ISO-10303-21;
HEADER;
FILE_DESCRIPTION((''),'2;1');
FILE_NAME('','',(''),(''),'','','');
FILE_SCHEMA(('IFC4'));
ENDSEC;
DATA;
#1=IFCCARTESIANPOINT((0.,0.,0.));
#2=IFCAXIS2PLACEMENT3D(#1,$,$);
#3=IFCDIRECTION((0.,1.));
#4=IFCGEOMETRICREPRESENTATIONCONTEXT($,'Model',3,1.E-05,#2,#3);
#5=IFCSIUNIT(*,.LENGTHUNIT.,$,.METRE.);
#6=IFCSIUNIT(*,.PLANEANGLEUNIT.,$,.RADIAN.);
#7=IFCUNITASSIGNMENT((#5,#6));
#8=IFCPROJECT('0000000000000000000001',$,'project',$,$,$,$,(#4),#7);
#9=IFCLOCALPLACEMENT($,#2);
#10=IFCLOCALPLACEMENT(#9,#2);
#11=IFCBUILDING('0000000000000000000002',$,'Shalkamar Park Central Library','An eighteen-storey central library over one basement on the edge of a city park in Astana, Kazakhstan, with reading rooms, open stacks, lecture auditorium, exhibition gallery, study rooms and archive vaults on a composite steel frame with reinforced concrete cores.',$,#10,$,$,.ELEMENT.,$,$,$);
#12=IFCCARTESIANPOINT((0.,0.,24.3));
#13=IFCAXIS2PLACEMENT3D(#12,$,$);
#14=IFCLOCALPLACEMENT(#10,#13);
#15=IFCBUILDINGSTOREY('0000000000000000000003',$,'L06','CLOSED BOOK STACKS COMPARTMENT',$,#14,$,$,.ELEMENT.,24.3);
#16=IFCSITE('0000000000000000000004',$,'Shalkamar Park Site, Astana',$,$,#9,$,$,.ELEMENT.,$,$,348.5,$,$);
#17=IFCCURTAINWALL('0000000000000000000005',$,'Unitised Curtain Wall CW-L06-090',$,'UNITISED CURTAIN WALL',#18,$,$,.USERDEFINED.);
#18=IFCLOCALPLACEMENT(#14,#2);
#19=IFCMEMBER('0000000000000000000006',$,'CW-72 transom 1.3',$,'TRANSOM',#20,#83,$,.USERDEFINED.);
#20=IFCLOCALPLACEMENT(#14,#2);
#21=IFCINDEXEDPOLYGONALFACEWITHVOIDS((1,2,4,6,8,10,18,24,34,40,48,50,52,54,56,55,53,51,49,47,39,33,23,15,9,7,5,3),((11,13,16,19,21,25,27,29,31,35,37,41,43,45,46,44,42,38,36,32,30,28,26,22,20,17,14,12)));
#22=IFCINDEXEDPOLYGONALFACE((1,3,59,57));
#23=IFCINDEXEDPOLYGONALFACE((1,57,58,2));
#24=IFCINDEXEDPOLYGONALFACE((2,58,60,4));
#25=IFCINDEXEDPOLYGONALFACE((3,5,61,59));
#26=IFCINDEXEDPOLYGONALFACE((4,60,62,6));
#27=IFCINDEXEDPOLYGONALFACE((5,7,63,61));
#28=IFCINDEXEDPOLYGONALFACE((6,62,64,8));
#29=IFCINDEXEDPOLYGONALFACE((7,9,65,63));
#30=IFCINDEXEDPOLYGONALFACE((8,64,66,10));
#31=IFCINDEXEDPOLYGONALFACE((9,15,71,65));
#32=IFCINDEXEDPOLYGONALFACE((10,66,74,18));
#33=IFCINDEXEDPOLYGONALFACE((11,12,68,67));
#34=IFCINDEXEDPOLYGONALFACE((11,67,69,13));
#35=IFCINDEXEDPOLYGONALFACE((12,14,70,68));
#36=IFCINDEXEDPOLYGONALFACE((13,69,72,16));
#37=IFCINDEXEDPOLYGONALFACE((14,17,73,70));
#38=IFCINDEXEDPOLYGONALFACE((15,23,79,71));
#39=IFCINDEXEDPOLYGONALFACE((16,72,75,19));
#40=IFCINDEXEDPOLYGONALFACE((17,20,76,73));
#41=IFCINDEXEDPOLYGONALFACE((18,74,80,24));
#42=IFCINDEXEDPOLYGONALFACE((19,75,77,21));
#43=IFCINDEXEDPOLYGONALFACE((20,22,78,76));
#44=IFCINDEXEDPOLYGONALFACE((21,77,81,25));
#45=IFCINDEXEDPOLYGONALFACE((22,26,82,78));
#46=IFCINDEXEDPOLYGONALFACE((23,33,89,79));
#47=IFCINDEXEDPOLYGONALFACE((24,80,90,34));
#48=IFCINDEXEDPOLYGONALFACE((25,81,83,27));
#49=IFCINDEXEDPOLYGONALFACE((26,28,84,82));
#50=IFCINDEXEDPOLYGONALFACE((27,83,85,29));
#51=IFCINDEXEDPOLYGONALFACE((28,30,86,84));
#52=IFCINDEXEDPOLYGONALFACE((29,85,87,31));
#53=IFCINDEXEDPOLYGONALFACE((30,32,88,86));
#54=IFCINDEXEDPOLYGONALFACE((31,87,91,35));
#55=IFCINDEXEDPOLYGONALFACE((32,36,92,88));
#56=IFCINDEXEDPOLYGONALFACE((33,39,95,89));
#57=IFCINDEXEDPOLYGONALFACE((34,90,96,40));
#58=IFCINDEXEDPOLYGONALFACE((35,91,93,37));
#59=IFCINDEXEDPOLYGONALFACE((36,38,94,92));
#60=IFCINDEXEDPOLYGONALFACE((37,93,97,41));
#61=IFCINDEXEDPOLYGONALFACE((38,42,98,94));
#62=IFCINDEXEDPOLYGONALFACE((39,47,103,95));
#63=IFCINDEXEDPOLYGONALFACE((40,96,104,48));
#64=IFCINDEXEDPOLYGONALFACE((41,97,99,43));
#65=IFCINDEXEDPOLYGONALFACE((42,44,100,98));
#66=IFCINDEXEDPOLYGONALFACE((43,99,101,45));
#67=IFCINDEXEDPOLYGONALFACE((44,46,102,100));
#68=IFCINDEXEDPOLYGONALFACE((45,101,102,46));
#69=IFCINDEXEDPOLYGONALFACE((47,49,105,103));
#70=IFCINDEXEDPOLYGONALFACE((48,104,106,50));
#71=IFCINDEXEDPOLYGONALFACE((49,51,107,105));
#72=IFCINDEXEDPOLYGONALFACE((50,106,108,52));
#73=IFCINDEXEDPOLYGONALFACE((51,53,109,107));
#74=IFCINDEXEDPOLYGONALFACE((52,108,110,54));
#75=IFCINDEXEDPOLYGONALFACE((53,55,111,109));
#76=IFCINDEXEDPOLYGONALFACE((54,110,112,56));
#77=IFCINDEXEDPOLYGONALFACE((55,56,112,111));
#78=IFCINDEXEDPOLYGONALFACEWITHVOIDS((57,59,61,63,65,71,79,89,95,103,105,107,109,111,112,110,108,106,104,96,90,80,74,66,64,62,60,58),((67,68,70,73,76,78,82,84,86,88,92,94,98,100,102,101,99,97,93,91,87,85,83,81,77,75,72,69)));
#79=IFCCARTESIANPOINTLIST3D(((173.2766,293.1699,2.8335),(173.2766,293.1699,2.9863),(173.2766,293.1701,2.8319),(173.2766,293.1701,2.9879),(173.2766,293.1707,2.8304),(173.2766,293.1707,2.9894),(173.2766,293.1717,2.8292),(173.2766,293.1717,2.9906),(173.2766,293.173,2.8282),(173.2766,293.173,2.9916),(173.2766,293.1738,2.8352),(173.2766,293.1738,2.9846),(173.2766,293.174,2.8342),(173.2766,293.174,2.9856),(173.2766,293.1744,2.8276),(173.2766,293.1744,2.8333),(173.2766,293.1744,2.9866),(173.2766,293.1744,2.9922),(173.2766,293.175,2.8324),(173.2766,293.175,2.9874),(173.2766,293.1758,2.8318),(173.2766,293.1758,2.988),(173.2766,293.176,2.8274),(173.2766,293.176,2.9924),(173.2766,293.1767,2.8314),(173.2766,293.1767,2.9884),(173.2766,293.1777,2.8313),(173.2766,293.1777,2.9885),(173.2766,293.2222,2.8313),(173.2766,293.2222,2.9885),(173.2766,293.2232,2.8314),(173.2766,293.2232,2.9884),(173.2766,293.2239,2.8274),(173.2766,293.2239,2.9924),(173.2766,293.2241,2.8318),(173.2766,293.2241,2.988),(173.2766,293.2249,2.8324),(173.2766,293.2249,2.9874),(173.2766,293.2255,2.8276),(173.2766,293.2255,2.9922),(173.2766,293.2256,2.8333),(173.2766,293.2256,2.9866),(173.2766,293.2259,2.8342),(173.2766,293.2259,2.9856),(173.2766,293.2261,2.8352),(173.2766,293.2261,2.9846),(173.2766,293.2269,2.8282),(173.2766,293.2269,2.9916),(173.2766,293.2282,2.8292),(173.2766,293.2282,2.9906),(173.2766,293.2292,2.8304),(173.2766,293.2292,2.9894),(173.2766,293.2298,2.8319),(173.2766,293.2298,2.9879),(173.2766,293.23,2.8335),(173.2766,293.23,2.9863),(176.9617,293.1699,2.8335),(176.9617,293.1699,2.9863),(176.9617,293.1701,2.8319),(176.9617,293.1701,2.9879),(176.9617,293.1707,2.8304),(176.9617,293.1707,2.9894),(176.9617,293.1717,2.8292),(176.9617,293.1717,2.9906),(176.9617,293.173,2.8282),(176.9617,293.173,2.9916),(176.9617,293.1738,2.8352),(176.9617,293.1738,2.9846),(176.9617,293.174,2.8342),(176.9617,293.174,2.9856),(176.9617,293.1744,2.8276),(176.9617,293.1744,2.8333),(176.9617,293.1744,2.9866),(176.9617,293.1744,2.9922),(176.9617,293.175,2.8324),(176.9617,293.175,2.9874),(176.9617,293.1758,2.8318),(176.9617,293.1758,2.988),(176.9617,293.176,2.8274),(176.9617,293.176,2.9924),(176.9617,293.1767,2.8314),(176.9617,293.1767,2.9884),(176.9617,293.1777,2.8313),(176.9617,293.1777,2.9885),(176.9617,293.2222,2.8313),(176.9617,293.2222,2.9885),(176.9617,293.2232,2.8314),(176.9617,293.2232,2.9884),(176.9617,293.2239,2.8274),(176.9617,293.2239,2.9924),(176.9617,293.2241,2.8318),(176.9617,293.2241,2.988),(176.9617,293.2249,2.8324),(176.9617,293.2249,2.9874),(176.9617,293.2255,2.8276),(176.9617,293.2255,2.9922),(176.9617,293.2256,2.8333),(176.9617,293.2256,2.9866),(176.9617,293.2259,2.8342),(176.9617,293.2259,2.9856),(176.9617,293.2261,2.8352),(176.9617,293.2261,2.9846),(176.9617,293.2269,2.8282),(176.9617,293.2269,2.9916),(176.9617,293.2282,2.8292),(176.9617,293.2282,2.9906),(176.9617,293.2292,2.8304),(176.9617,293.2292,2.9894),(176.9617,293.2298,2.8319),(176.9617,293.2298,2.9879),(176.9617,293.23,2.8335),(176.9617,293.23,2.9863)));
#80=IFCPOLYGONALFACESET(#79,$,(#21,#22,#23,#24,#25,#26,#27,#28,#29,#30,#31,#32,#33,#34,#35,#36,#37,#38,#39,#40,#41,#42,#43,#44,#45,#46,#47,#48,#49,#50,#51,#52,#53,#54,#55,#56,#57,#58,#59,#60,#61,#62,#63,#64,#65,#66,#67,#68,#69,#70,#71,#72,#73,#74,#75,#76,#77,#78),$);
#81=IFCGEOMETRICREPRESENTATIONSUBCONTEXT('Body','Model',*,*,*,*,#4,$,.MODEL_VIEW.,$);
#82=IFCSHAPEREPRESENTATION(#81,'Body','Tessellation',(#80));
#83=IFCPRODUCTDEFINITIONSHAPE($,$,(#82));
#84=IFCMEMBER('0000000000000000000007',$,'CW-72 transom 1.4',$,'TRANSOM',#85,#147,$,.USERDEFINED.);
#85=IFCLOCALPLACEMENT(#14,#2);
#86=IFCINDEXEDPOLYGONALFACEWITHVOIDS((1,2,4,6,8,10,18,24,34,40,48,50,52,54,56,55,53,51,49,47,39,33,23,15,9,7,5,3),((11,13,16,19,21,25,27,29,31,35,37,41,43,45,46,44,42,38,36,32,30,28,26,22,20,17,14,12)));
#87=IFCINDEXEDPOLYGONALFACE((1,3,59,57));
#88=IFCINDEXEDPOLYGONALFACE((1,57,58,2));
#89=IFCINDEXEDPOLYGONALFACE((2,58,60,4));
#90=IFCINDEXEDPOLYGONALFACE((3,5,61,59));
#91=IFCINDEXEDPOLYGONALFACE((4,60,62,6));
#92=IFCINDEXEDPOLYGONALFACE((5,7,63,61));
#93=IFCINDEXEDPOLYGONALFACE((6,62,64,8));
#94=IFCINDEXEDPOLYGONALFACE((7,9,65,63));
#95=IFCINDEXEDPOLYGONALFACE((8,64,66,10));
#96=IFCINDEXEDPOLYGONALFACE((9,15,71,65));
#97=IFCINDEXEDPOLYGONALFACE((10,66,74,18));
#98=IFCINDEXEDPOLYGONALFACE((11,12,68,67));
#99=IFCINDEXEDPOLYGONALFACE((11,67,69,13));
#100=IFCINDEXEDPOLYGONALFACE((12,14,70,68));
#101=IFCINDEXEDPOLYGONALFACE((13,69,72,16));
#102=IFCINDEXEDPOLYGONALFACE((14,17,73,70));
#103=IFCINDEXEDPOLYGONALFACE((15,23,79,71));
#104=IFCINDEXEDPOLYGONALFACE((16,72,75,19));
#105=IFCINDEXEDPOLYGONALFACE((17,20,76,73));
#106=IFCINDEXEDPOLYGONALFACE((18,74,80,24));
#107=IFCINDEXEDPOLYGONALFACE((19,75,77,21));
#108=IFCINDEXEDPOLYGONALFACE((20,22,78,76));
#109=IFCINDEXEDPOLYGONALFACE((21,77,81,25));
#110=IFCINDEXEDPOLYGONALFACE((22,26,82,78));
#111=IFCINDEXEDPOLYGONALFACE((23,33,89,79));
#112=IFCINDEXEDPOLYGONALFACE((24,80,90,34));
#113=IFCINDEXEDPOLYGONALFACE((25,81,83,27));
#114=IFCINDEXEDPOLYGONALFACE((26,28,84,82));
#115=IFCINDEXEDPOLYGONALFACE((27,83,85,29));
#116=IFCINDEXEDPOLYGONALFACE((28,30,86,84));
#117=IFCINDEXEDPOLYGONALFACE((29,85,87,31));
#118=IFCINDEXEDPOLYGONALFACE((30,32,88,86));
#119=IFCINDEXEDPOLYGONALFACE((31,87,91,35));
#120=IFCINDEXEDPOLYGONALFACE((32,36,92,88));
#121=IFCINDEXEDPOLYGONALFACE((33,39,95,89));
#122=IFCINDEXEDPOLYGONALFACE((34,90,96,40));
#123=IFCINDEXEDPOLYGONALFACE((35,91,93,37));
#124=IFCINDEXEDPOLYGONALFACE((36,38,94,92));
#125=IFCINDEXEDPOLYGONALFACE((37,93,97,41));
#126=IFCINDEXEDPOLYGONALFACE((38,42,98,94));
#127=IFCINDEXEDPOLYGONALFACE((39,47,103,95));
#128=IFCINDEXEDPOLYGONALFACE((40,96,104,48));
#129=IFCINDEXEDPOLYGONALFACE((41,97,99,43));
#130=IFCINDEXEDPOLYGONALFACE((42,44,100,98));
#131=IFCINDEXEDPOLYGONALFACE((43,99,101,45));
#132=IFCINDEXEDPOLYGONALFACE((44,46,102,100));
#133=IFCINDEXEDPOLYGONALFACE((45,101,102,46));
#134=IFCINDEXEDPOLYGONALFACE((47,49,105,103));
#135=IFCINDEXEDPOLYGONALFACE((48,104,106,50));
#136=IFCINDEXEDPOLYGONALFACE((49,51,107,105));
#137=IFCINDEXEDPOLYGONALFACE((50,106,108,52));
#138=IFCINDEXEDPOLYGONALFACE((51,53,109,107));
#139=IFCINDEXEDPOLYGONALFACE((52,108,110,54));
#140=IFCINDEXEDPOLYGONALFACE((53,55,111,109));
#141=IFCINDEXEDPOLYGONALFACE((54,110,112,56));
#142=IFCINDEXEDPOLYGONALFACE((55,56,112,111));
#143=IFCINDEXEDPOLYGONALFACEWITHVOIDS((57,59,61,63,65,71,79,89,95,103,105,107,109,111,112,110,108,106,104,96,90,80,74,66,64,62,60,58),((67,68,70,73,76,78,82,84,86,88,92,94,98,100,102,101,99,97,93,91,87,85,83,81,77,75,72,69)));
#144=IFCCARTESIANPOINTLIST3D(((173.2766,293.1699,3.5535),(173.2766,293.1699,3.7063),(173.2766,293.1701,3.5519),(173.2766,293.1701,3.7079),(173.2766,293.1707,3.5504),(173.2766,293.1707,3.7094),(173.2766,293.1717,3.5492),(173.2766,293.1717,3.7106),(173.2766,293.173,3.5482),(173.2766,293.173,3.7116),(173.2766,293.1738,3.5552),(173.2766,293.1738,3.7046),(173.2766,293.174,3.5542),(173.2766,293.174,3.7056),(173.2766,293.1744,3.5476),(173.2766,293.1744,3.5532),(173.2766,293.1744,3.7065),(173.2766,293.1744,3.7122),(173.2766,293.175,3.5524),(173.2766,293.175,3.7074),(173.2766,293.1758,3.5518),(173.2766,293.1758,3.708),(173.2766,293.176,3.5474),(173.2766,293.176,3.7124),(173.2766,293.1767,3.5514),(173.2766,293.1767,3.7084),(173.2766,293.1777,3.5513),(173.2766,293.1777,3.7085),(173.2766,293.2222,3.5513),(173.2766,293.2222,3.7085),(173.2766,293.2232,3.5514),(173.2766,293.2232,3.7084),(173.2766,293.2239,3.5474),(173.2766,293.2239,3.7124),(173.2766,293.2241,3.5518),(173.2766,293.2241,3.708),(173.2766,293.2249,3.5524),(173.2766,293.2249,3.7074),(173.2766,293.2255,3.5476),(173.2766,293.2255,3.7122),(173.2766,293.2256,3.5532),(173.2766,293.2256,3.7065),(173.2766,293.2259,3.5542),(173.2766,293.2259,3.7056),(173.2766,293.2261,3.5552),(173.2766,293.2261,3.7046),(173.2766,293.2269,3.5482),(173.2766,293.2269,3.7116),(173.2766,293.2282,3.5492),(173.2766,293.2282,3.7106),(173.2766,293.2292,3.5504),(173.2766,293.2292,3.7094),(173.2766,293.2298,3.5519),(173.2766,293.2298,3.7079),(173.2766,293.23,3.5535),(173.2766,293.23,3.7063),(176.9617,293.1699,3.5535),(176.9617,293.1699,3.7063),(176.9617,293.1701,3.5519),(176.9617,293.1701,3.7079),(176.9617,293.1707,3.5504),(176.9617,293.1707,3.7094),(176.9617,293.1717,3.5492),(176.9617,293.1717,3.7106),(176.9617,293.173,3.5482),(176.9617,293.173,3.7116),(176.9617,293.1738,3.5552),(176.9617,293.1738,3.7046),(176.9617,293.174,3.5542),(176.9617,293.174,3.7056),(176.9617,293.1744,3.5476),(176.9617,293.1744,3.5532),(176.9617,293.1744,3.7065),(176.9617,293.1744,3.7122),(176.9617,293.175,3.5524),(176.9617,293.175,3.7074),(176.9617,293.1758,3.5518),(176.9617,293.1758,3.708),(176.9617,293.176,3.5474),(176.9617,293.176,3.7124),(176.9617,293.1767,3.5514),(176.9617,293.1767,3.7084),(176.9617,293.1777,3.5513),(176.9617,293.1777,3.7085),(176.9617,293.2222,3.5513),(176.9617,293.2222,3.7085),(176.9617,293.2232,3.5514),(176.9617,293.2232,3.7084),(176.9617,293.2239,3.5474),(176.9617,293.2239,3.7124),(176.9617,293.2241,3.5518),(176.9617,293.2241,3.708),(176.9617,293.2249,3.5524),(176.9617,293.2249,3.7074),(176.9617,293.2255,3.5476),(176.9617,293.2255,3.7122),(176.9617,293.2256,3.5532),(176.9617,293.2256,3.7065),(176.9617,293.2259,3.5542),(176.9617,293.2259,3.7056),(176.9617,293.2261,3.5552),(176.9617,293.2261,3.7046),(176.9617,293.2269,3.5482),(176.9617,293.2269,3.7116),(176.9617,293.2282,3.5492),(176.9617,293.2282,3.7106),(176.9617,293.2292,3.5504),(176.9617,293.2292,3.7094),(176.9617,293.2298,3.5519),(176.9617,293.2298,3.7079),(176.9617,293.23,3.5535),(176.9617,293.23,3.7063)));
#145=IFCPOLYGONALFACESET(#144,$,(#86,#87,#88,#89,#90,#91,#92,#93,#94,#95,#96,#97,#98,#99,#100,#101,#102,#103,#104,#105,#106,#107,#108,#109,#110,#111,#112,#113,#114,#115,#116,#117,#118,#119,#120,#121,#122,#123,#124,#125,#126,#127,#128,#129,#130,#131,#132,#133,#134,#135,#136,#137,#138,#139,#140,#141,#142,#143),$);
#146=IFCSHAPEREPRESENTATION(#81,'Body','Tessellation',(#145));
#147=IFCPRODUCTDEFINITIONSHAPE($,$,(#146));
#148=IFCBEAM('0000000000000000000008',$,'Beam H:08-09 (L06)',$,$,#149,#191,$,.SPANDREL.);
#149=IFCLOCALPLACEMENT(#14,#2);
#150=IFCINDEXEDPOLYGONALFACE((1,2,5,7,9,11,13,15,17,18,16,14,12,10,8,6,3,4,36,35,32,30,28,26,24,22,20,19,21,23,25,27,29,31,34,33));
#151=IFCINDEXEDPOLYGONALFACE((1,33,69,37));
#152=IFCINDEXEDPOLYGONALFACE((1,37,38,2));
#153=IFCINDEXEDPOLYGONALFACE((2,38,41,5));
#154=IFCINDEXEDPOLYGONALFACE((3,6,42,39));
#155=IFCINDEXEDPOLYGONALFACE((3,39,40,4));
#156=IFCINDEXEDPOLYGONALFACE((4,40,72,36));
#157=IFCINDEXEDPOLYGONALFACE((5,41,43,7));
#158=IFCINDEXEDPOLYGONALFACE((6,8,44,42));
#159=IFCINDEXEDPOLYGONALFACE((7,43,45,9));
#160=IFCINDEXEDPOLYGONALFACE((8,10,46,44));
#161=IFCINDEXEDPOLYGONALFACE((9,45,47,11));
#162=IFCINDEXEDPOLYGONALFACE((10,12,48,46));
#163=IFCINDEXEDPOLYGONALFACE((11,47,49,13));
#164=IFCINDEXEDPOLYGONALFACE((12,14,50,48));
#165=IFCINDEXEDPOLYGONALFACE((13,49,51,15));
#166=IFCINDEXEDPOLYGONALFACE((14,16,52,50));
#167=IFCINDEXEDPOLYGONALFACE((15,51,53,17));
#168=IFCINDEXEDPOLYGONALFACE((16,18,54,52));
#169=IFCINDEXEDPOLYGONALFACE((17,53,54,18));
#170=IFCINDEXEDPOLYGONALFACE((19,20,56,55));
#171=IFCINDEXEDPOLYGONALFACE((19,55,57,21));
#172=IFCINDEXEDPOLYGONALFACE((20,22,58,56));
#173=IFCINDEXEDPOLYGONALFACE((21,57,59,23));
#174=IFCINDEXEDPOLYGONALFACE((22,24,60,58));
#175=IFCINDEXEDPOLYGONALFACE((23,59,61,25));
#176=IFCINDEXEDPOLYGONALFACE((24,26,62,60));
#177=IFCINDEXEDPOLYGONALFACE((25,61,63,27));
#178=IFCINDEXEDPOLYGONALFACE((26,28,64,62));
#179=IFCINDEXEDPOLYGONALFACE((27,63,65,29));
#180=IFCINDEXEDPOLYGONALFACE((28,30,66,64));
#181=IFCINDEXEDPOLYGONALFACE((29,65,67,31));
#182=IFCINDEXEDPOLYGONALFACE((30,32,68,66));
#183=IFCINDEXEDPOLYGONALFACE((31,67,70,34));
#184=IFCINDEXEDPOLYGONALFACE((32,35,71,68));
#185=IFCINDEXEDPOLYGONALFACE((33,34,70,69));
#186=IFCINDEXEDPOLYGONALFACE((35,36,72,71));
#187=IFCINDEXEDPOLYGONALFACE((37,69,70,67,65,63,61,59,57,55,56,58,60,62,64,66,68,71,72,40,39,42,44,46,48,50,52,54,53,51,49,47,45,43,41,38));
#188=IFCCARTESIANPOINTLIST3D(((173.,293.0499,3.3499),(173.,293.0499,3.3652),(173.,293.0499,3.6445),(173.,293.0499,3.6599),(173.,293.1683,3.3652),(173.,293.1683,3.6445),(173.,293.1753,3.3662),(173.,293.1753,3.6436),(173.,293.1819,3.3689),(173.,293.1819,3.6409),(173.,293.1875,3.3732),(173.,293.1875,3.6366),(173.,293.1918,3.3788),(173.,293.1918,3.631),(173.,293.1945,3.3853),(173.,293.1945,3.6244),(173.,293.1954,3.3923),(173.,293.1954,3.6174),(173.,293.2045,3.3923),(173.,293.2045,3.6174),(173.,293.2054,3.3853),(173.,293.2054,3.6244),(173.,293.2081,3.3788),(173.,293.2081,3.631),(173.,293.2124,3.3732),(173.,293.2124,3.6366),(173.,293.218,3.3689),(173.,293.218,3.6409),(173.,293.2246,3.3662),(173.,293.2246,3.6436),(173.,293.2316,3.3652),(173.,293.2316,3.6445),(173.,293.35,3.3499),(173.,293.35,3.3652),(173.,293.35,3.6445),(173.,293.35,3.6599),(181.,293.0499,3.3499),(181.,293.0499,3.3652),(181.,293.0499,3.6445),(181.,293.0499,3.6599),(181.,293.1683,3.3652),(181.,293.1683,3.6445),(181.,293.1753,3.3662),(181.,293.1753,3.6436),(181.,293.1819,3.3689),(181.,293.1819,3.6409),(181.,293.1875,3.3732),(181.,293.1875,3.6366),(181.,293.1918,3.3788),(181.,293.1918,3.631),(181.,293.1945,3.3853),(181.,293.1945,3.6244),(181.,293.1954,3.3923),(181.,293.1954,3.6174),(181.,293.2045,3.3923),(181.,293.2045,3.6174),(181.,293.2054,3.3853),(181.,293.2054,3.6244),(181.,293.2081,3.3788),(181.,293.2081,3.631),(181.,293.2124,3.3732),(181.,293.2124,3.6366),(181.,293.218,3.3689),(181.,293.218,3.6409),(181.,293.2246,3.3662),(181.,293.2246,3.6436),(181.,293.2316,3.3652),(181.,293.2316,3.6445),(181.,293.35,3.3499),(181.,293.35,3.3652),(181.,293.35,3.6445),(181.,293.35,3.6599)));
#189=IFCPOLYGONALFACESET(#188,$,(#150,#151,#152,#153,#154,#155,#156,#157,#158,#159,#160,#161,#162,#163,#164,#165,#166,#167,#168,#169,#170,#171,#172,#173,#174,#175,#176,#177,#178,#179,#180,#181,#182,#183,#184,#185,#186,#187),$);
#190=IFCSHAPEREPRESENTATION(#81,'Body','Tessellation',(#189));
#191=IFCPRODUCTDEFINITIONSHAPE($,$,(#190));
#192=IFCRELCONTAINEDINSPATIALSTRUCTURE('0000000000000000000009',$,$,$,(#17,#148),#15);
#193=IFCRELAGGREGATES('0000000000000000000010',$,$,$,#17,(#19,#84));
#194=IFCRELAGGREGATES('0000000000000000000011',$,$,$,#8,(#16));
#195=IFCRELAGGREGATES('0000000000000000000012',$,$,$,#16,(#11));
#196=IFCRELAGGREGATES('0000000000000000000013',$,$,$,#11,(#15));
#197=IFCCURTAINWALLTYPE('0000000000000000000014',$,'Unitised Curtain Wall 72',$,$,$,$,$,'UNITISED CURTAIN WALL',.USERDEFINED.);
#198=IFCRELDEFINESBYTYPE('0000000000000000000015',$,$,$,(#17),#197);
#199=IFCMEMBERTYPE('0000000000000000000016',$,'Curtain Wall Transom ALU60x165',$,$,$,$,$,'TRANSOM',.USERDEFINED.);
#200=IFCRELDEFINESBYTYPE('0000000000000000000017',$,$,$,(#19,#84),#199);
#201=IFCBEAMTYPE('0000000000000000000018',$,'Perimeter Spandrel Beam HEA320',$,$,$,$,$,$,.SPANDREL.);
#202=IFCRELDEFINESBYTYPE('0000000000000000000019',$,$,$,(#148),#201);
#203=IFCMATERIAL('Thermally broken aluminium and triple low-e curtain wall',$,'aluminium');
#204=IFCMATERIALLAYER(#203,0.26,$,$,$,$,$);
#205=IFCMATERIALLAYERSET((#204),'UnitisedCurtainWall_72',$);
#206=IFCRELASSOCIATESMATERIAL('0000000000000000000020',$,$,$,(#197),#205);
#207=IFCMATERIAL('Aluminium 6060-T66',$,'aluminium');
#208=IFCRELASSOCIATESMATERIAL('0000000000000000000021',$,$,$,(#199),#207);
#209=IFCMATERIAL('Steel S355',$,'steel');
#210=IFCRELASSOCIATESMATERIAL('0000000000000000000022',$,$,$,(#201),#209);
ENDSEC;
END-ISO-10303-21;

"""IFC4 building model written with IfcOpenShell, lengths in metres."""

from ifc_helpers import new_model, si_unit, direction, frame, origin, origin_2d, place, context, subcontext, project, spatial, hollow_rectangle, i_section, extrude, material, layer, layer_set, material_profile, profile_set, type_object, element, aggregate, save


model = new_model("IFC4")

# Units and contexts
model_context = context("Model", 3, precision=1e-05, world=origin(), true_north=direction((0.0, 1.0)))
body_context = subcontext(model_context, "Body", "Model", "MODEL_VIEW")
ifc_project = project(units=[si_unit("LENGTHUNIT", "METRE"), si_unit("PLANEANGLEUNIT", "RADIAN")], contexts=[model_context])

# Site, building, storey
site_placement = place(None, origin())
site = spatial("IfcSite", under=ifc_project, at=site_placement, Name="Shalkamar Park Site, Astana", CompositionType="ELEMENT", RefElevation=348.5)
building_placement = place(site_placement, origin())
building = spatial("IfcBuilding", under=site, at=building_placement, Name="Shalkamar Park Central Library", Description="An eighteen-storey central library over one basement on the edge of a city park in Astana, Kazakhstan, with reading rooms, open stacks, lecture auditorium, exhibition gallery, study rooms and archive vaults on a composite steel frame with reinforced concrete cores.", CompositionType="ELEMENT")
storey_placement = place(building_placement, frame((0.0, 0.0, 24.3)))
storey = spatial("IfcBuildingStorey", under=building, at=storey_placement, Name="L06", Description="CLOSED BOOK STACKS COMPARTMENT", CompositionType="ELEMENT", Elevation=24.3)

# Shared definitions
ifc_material_1 = material(Name="Steel S355", Category="steel")

# Curtain wall
ifc_material_2 = material(Name="Thermally broken aluminium and triple low-e curtain wall", Category="aluminium")
ifc_material_3 = material(Name="Aluminium 6060-T66", Category="aluminium")
ifc_layer_1 = layer(ifc_material_2, 0.26)
ifc_layer_set_1 = layer_set([ifc_layer_1], Name="UnitisedCurtainWall_72")
curtain_wall_type_1 = type_object("IfcCurtainWallType", Name="Unitised Curtain Wall 72", ElementType="UNITISED CURTAIN WALL", PredefinedType="USERDEFINED", material=ifc_layer_set_1)
curtain_wall_1_placement = place(storey_placement, origin())
curtain_wall_1 = element("IfcCurtainWall", 1, at=curtain_wall_1_placement, inside=storey, type_object=curtain_wall_type_1, Name="Unitised Curtain Wall CW-L06-090", ObjectType="UNITISED CURTAIN WALL", PredefinedType="USERDEFINED")

# Members
ifc_material_profile_1 = material_profile(ifc_material_3, hollow_rectangle(XDim=0.0601, YDim=0.165, WallThickness=0.0039, InnerFilletRadius=0.0039, OuterFilletRadius=0.0061, at=origin_2d()), Name="ALU 60x165x4")
ifc_profile_set_1 = profile_set([ifc_material_profile_1], Name="Aluminium 6060-T66")
member_type_1 = type_object("IfcMemberType", Name="Curtain Wall Transom ALU60x165", ElementType="TRANSOM", PredefinedType="USERDEFINED", material=ifc_profile_set_1)
member_1_placement = place(storey_placement, frame((173.2766, 293.2, 2.9099), z_axis=(1.0, 0.0, 0.0), x_axis=(0.0, 1.0, 0.0)))
member_1 = element("IfcMember", 2, at=member_1_placement, type_object=member_type_1, Name="CW-72 transom 1.3", ObjectType="TRANSOM", PredefinedType="USERDEFINED", context=body_context, shape_type="SweptSolid", body=[
    extrude(hollow_rectangle(XDim=0.0601, YDim=0.165, WallThickness=0.0039, InnerFilletRadius=0.0039, OuterFilletRadius=0.0061, at=origin_2d()), origin(), (0.0, 0.0, 1.0), 3.6851),
])
member_2_placement = place(storey_placement, frame((173.2766, 293.2, 3.6299), z_axis=(1.0, 0.0, 0.0), x_axis=(0.0, 1.0, 0.0)))
member_2 = element("IfcMember", 3, at=member_2_placement, type_object=member_type_1, Name="CW-72 transom 1.4", ObjectType="TRANSOM", PredefinedType="USERDEFINED", context=body_context, shape_type="SweptSolid", body=[
    extrude(hollow_rectangle(XDim=0.0601, YDim=0.165, WallThickness=0.0039, InnerFilletRadius=0.0039, OuterFilletRadius=0.0061, at=origin_2d()), origin(), (0.0, 0.0, 1.0), 3.6851),
])

# Beam
ifc_material_profile_2 = material_profile(ifc_material_1, i_section(OverallWidth=0.3, OverallDepth=0.3101, WebThickness=0.009, FlangeThickness=0.0154, FilletRadius=0.0271, at=origin_2d()), Name="HEA 320")
ifc_profile_set_2 = profile_set([ifc_material_profile_2], Name="Steel S355")
beam_type = type_object("IfcBeamType", Name="Perimeter Spandrel Beam HEA320", PredefinedType="SPANDREL", material=ifc_profile_set_2)
beam_placement = place(storey_placement, frame((173.0, 293.2, 3.5049), z_axis=(1.0, 0.0, 0.0), x_axis=(0.0, 1.0, 0.0)))
element("IfcBeam", 4, at=beam_placement, inside=storey, type_object=beam_type, Name="Beam H:08-09 (L06)", PredefinedType="SPANDREL", context=body_context, shape_type="SweptSolid", body=[
    extrude(i_section(OverallWidth=0.3, OverallDepth=0.3101, WebThickness=0.009, FlangeThickness=0.0154, FilletRadius=0.0271, at=origin_2d()), origin(), (0.0, 0.0, 1.0), 8.0),
])

aggregate(curtain_wall_1, [member_1, member_2])

save(model, "model.ifc")
